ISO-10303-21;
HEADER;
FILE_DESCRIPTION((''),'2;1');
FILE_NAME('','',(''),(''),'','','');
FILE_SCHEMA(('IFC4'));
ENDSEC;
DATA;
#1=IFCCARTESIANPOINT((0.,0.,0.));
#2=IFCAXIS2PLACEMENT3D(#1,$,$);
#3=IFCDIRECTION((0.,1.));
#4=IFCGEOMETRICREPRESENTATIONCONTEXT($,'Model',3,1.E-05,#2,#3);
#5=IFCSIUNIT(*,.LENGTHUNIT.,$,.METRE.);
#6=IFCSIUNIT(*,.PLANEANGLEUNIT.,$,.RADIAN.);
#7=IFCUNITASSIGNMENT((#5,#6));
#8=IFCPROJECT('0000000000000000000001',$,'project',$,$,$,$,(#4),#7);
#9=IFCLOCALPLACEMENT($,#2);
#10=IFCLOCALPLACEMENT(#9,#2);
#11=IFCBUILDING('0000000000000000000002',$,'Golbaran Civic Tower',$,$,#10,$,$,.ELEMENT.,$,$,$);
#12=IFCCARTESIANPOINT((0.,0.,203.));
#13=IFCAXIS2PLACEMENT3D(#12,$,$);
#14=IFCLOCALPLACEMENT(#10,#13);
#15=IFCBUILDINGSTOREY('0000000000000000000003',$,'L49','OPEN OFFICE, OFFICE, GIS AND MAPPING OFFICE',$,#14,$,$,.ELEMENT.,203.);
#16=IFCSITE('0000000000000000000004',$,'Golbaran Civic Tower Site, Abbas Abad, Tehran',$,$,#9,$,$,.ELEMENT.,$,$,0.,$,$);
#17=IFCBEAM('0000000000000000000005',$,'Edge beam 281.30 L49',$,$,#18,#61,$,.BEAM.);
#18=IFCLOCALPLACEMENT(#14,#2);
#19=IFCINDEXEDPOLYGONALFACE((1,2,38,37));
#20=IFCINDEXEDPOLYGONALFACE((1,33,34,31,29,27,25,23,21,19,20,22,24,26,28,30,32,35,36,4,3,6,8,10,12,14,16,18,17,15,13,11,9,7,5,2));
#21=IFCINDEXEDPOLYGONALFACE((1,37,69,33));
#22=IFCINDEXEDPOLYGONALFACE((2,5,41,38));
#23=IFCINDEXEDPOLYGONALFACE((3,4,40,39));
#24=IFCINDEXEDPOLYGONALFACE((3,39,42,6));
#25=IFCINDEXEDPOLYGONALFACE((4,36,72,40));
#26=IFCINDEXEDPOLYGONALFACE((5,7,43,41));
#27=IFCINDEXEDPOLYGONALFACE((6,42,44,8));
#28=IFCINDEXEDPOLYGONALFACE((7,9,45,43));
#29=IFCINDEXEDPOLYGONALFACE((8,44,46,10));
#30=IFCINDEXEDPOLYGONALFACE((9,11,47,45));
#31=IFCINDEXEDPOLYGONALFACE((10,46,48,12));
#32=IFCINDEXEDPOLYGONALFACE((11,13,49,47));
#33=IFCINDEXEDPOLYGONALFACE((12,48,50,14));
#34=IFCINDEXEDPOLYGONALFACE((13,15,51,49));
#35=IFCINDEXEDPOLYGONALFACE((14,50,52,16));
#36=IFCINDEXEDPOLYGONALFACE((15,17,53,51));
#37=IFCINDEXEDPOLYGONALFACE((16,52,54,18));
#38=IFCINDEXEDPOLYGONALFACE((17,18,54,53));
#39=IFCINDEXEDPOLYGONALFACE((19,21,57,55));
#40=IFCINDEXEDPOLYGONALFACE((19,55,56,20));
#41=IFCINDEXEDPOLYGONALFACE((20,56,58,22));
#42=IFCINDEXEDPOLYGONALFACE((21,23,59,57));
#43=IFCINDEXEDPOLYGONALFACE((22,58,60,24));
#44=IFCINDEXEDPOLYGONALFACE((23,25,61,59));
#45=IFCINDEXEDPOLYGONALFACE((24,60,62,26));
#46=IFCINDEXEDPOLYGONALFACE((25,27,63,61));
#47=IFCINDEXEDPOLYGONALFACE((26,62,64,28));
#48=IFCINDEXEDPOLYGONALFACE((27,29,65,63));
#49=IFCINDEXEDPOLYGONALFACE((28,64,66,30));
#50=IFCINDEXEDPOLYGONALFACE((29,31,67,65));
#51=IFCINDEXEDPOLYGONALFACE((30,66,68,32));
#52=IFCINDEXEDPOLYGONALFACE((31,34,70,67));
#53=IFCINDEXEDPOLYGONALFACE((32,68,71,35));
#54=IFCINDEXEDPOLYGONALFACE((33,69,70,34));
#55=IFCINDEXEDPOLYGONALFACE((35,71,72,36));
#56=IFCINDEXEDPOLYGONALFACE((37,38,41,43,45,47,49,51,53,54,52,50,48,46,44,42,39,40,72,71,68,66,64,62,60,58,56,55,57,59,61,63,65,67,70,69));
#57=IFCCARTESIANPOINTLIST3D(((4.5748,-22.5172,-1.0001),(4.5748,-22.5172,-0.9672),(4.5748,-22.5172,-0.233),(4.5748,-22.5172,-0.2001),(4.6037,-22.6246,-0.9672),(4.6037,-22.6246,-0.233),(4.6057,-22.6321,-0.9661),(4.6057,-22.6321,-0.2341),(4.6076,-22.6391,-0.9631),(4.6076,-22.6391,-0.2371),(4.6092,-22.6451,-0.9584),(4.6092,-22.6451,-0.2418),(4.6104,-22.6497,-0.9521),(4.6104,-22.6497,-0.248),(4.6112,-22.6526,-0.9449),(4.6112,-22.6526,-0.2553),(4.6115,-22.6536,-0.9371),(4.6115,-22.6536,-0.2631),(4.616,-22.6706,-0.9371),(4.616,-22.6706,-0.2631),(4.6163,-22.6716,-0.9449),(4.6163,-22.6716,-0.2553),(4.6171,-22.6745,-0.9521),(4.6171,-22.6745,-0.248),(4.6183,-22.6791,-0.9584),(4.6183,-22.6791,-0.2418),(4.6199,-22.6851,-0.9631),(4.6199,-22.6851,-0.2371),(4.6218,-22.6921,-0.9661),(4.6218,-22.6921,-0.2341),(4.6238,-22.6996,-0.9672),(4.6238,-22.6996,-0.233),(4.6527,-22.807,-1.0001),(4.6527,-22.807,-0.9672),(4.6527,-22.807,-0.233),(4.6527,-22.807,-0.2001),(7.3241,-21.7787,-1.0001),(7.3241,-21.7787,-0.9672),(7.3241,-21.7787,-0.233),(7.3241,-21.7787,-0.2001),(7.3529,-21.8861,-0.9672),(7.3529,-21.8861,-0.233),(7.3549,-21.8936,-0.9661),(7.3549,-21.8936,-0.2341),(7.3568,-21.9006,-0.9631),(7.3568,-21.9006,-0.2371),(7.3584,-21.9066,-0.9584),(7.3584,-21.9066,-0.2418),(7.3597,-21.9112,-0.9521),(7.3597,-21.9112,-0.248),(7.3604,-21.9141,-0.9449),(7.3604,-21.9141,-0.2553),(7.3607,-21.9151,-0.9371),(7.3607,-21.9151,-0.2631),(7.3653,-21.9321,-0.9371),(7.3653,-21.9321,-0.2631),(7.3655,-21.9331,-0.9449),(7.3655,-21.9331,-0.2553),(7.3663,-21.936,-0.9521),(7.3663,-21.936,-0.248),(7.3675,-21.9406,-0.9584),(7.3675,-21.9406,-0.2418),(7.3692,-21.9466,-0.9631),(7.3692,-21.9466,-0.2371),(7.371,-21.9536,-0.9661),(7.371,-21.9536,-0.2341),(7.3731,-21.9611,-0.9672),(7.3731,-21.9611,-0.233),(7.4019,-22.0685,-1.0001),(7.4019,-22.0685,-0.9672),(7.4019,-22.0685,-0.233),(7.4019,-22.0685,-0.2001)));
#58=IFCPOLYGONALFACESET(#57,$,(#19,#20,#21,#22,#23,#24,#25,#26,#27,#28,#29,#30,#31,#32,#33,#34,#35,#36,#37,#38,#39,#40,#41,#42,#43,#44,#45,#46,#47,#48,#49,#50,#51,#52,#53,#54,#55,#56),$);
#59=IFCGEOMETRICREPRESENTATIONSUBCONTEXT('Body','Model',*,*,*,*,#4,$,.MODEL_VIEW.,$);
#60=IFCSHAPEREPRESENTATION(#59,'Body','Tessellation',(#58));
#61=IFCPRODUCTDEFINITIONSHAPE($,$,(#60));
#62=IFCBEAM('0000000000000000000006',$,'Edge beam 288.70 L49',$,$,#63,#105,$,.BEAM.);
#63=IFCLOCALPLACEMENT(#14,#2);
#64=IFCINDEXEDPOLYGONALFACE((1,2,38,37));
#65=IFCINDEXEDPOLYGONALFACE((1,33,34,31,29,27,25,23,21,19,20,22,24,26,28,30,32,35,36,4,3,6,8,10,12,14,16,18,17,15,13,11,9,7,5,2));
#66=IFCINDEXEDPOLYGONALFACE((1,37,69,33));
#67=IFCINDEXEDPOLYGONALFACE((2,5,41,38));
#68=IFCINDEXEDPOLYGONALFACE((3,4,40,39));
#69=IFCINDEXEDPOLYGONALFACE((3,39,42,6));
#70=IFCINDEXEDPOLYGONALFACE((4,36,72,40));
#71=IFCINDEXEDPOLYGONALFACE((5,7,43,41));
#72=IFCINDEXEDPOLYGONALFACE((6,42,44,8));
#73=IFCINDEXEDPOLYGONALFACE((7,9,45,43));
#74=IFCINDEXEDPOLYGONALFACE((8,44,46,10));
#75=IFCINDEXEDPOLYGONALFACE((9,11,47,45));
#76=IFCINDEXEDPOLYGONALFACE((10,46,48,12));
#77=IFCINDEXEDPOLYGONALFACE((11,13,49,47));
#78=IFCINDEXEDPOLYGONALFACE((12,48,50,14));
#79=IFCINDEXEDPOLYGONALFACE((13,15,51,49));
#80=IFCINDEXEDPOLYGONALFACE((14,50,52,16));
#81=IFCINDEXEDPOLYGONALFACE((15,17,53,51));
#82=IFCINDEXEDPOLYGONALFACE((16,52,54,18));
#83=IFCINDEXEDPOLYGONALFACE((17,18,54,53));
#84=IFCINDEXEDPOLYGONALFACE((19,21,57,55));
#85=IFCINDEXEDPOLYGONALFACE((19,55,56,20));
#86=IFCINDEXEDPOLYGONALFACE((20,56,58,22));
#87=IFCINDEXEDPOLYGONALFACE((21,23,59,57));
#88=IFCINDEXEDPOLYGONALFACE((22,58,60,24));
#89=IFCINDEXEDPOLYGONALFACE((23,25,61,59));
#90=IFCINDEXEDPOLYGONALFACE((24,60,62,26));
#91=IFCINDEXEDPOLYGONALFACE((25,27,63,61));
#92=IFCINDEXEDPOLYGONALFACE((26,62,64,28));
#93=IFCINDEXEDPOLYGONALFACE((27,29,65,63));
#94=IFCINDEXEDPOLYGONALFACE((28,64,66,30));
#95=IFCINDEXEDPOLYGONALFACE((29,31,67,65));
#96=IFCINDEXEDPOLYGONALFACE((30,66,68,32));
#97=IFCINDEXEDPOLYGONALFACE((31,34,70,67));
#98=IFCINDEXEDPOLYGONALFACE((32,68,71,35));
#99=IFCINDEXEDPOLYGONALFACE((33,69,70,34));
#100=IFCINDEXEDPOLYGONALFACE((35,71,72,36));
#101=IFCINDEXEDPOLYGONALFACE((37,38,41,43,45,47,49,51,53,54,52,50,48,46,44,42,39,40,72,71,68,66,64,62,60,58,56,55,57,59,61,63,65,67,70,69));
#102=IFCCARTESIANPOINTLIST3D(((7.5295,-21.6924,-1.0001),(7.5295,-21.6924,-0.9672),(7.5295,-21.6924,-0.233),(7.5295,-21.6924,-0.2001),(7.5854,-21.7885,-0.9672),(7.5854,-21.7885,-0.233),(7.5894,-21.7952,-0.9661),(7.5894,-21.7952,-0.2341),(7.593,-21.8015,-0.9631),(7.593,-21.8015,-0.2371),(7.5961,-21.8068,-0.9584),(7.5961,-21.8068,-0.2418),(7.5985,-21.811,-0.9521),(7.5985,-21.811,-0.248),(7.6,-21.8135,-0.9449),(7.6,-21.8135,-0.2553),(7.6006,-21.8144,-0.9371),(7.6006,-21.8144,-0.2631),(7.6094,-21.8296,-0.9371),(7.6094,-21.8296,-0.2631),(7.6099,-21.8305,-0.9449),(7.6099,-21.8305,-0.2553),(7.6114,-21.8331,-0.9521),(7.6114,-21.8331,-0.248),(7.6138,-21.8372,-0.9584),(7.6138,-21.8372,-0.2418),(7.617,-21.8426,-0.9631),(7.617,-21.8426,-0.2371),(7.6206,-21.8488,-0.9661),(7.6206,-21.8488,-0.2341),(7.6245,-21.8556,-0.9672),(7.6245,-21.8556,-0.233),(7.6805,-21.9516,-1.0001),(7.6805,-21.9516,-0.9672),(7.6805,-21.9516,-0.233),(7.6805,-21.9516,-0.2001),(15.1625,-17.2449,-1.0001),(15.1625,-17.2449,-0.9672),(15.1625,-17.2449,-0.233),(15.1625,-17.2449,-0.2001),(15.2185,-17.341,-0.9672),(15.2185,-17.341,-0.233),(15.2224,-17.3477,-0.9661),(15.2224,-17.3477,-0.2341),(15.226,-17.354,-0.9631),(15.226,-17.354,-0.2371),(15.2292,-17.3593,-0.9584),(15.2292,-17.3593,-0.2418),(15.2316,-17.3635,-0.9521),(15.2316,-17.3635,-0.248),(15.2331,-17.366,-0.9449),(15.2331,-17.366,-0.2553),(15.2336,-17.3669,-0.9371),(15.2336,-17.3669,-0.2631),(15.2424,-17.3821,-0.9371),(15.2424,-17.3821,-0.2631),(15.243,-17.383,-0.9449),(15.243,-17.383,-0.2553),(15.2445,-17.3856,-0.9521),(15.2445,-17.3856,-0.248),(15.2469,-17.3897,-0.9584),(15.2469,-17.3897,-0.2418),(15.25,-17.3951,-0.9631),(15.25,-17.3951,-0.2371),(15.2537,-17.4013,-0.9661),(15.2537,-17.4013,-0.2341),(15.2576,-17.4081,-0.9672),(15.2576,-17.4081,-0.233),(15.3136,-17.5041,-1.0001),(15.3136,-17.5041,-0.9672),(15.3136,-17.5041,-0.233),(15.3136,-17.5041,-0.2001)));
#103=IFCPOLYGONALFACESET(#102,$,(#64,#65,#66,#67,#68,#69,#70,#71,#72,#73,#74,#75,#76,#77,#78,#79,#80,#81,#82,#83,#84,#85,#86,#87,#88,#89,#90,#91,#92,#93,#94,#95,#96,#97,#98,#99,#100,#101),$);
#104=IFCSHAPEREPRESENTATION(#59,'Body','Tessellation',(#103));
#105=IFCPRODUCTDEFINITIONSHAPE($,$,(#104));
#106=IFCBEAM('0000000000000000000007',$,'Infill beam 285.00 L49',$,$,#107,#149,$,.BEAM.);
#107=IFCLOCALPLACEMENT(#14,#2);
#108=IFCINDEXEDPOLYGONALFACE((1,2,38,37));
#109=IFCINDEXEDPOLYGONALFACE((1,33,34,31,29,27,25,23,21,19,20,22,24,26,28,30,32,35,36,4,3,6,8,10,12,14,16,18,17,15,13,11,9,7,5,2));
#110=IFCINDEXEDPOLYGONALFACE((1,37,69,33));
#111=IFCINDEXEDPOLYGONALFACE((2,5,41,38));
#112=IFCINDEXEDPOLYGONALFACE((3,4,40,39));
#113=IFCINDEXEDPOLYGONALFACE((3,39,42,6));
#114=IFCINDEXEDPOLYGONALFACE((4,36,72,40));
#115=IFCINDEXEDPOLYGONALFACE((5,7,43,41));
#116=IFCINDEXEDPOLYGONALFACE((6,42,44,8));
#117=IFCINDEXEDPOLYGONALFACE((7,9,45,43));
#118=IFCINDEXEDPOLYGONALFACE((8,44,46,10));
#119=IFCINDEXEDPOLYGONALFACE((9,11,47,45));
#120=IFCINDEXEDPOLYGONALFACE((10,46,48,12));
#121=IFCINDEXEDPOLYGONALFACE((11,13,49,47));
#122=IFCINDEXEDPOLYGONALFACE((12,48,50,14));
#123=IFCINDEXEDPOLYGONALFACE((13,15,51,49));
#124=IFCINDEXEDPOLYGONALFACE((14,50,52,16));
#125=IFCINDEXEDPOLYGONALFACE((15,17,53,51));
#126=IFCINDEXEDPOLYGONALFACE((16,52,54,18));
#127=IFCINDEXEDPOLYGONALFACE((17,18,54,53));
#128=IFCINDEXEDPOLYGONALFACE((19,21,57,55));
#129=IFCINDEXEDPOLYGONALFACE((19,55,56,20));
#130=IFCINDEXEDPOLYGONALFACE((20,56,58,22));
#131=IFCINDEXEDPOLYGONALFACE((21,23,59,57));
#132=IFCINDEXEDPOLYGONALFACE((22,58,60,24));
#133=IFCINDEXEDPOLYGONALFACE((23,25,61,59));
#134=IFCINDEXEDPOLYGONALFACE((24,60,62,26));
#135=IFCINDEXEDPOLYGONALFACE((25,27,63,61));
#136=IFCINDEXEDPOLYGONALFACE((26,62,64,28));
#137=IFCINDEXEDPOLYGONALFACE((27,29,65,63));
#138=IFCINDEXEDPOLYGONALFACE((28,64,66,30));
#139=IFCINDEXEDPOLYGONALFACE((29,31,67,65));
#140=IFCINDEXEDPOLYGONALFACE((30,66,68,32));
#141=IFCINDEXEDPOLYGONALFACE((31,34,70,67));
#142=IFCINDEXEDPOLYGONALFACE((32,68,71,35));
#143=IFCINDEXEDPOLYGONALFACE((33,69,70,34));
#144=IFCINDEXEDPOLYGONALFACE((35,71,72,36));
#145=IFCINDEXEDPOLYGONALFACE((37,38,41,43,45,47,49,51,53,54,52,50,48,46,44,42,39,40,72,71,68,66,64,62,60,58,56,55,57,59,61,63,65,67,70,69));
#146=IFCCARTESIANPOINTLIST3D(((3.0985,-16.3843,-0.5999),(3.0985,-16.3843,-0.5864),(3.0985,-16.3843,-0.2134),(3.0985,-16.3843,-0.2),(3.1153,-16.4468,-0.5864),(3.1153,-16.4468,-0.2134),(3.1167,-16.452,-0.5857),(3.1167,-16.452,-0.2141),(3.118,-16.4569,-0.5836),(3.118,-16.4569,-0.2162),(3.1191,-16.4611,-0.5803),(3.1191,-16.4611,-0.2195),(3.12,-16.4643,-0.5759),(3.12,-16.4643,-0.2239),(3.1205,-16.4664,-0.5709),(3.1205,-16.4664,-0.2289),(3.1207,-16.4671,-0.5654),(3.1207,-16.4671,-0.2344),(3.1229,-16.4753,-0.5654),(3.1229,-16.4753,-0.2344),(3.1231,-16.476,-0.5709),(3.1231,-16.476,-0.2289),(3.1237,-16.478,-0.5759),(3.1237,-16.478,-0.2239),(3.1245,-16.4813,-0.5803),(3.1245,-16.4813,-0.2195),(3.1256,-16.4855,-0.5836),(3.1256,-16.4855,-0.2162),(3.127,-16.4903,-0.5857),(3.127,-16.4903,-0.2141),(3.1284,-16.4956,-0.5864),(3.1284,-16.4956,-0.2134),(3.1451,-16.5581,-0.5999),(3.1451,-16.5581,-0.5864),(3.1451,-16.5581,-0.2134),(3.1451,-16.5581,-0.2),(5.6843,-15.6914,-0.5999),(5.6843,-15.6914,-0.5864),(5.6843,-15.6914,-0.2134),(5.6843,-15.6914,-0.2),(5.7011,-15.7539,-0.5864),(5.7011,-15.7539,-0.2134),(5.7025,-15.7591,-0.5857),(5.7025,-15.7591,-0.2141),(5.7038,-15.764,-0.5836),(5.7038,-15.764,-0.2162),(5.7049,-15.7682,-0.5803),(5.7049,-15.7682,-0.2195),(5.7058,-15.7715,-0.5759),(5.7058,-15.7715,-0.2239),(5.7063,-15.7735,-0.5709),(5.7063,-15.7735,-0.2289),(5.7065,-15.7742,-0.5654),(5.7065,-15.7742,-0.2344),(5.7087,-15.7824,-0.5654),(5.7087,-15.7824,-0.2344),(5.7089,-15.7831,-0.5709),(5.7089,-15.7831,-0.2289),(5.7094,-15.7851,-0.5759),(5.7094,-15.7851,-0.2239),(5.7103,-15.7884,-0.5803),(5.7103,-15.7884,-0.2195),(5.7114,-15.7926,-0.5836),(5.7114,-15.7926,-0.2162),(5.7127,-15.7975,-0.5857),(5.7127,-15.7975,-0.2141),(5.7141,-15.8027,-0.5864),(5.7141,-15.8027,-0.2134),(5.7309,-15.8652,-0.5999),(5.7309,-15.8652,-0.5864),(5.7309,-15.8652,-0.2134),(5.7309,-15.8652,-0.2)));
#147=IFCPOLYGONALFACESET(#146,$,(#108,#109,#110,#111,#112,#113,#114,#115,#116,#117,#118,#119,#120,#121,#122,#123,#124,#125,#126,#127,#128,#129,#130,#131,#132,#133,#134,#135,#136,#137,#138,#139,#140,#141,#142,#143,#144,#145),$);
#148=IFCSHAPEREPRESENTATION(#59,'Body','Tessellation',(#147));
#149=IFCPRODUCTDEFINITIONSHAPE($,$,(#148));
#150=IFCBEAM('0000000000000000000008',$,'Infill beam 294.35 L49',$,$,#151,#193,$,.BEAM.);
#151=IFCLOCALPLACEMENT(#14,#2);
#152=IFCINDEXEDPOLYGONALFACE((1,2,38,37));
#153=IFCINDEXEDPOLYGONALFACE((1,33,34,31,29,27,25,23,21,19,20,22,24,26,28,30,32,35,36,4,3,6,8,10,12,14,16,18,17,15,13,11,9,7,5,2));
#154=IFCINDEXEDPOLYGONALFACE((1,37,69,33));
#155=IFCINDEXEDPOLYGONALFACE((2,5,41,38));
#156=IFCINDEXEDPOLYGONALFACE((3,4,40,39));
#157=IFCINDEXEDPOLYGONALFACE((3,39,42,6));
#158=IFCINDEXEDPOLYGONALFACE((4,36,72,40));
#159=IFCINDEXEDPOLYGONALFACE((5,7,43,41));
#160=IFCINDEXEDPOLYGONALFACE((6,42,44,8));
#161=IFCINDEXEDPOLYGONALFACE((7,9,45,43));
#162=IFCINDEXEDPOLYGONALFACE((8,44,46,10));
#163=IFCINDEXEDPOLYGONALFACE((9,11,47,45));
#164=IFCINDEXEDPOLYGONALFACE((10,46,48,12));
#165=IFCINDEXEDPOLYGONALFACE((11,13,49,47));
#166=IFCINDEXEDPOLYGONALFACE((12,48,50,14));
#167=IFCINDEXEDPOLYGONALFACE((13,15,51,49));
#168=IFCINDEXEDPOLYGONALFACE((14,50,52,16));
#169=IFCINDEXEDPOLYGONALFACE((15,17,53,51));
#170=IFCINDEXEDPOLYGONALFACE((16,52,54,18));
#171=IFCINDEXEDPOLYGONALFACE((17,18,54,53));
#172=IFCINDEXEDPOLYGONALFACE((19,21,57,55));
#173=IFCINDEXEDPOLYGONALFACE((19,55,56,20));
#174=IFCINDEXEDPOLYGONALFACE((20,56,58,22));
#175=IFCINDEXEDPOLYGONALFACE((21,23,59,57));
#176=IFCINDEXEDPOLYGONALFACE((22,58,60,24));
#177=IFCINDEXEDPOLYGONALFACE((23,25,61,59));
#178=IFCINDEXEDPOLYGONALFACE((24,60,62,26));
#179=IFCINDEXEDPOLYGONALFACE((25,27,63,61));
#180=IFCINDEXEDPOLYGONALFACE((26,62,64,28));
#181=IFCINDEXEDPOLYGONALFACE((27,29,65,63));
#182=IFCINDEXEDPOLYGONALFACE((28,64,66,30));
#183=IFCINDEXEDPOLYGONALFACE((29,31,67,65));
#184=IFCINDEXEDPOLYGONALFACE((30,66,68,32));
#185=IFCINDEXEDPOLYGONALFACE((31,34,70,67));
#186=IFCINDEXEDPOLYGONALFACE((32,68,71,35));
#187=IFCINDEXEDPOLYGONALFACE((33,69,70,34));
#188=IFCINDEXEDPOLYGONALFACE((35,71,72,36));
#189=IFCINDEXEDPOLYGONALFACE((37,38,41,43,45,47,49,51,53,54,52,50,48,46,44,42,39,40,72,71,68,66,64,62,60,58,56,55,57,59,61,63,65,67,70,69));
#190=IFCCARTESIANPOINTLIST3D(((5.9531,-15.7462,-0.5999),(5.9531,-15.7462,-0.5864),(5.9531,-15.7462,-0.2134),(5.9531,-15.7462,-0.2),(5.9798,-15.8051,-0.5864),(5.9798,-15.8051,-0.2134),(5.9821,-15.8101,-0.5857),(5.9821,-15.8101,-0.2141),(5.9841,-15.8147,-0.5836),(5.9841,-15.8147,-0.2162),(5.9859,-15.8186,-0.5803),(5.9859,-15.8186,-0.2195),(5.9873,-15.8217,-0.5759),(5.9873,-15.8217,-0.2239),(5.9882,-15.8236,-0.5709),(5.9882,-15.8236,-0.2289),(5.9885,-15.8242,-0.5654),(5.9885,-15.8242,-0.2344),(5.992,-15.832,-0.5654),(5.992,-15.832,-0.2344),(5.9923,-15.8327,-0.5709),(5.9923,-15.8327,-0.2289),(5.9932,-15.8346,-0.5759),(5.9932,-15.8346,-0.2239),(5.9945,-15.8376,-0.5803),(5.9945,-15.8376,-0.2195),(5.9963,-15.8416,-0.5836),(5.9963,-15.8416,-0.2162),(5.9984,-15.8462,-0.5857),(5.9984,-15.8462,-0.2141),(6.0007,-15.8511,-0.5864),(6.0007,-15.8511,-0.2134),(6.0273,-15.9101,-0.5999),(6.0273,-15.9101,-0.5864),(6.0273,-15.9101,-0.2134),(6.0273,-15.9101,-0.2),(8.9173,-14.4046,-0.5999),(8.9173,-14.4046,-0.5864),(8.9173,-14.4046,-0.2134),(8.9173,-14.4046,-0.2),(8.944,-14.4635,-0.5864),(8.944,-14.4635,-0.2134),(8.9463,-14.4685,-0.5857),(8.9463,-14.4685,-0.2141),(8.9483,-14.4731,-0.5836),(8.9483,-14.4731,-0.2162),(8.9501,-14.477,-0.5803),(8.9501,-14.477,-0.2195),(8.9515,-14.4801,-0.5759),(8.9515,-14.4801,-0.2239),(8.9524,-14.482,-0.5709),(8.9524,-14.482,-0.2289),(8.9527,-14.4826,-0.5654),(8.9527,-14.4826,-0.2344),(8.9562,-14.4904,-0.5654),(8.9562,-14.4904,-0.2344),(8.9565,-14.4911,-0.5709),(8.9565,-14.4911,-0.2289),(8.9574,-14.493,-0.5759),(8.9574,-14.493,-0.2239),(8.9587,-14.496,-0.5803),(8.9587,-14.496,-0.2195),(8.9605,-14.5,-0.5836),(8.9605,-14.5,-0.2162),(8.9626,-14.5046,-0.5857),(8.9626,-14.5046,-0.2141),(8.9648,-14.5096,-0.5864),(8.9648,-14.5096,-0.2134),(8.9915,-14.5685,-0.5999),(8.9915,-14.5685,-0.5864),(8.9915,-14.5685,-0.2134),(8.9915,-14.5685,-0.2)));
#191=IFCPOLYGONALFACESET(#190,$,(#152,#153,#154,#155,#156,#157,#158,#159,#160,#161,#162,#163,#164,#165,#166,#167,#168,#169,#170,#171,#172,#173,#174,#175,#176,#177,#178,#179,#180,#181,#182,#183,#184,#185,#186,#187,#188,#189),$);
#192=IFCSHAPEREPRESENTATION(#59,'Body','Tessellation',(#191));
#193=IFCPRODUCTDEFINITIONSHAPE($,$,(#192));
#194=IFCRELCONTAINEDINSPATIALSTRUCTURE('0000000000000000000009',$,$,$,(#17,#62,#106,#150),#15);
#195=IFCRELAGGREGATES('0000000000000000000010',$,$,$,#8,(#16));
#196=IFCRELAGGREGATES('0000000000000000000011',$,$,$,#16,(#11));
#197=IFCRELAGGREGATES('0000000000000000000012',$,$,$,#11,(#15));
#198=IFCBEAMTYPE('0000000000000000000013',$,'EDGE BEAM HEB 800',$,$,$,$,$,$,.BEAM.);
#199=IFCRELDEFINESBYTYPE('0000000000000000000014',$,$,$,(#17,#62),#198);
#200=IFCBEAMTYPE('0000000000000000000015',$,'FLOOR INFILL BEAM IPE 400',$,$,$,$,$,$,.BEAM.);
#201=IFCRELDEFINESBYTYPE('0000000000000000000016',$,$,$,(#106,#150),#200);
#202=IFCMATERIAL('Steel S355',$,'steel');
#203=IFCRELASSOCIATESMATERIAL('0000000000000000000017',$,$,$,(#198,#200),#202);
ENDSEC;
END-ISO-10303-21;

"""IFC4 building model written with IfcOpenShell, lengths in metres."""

from ifc_helpers import new_model, si_unit, direction, frame, origin, origin_2d, place, context, subcontext, project, spatial, i_section, extrude, material, material_profile, profile_set, type_object, element, save


model = new_model("IFC4")

# Units and contexts
model_context = context("Model", 3, precision=1e-05, world=origin(), true_north=direction((0.0, 1.0)))
body_context = subcontext(model_context, "Body", "Model", "MODEL_VIEW")
ifc_project = project(units=[si_unit("LENGTHUNIT", "METRE"), si_unit("PLANEANGLEUNIT", "RADIAN")], contexts=[model_context])

# Site, building, storey
site_placement = place(None, origin())
site = spatial("IfcSite", under=ifc_project, at=site_placement, Name="Golbaran Civic Tower Site, Abbas Abad, Tehran", CompositionType="ELEMENT", RefElevation=0.0)
building_placement = place(site_placement, origin())
building = spatial("IfcBuilding", under=site, at=building_placement, Name="Golbaran Civic Tower", CompositionType="ELEMENT")
storey_placement = place(building_placement, frame((0.0, 0.0, 203.0)))
storey = spatial("IfcBuildingStorey", under=building, at=storey_placement, Name="L49", Description="OPEN OFFICE, OFFICE, GIS AND MAPPING OFFICE", CompositionType="ELEMENT", Elevation=203.0)

# Beams
ifc_material_1 = material(Name="Steel S355", Category="steel")
ifc_material_profile_1 = material_profile(ifc_material_1, i_section(OverallWidth=0.3, OverallDepth=0.8, WebThickness=0.0176, FlangeThickness=0.033, FilletRadius=0.03, at=origin_2d()), Name="HEB 800")
ifc_profile_set_1 = profile_set([ifc_material_profile_1], Name="Steel S355")
beam_type_1 = type_object("IfcBeamType", Name="EDGE BEAM HEB 800", PredefinedType="BEAM", material=ifc_profile_set_1)
beam_1_placement = place(storey_placement, frame((4.6138, -22.6621, -0.6001), z_axis=(0.965762, 0.259429, 0.0), x_axis=(-0.259429, 0.965762, 0.0)))
element("IfcBeam", 1, at=beam_1_placement, inside=storey, type_object=beam_type_1, Name="Edge beam 281.30 L49", PredefinedType="BEAM", context=body_context, shape_type="SweptSolid", body=[
    extrude(i_section(OverallWidth=0.3, OverallDepth=0.8, WebThickness=0.0176, FlangeThickness=0.033, FilletRadius=0.03, at=origin_2d()), origin(), (0.0, 0.0, 1.0), 2.8467),
])
beam_2_placement = place(storey_placement, frame((7.605, -21.822, -0.6001), z_axis=(0.86403, 0.50344, 0.0), x_axis=(-0.50344, 0.86403, 0.0)))
element("IfcBeam", 2, at=beam_2_placement, inside=storey, type_object=beam_type_1, Name="Edge beam 288.70 L49", PredefinedType="BEAM", context=body_context, shape_type="SweptSolid", body=[
    extrude(i_section(OverallWidth=0.3, OverallDepth=0.8, WebThickness=0.0176, FlangeThickness=0.033, FilletRadius=0.03, at=origin_2d()), origin(), (0.0, 0.0, 1.0), 8.8342),
])
ifc_material_profile_2 = material_profile(ifc_material_1, i_section(OverallWidth=0.1799, OverallDepth=0.3999, WebThickness=0.0085, FlangeThickness=0.0134, FilletRadius=0.021, at=origin_2d()), Name="IPE 400")
ifc_profile_set_2 = profile_set([ifc_material_profile_2], Name="Steel S355")
beam_type_2 = type_object("IfcBeamType", Name="FLOOR INFILL BEAM IPE 400", PredefinedType="BEAM", material=ifc_profile_set_2)
beam_3_placement = place(storey_placement, frame((3.1218, -16.4712, -0.3999), z_axis=(0.965922, 0.258832, 0.0), x_axis=(-0.258832, 0.965922, 0.0)))
element("IfcBeam", 3, at=beam_3_placement, inside=storey, type_object=beam_type_2, Name="Infill beam 285.00 L49", PredefinedType="BEAM", context=body_context, shape_type="SweptSolid", body=[
    extrude(i_section(OverallWidth=0.1799, OverallDepth=0.3999, WebThickness=0.0085, FlangeThickness=0.0134, FilletRadius=0.021, at=origin_2d()), origin(), (0.0, 0.0, 1.0), 2.677),
])
beam_4_placement = place(storey_placement, frame((5.9902, -15.8281, -0.3999), z_axis=(0.911033, 0.412332, 0.0), x_axis=(-0.412332, 0.911033, 0.0)))
element("IfcBeam", 4, at=beam_4_placement, inside=storey, type_object=beam_type_2, Name="Infill beam 294.35 L49", PredefinedType="BEAM", context=body_context, shape_type="SweptSolid", body=[
    extrude(i_section(OverallWidth=0.1799, OverallDepth=0.3999, WebThickness=0.0085, FlangeThickness=0.0134, FilletRadius=0.021, at=origin_2d()), origin(), (0.0, 0.0, 1.0), 3.2537),
])

save(model, "model.ifc")
